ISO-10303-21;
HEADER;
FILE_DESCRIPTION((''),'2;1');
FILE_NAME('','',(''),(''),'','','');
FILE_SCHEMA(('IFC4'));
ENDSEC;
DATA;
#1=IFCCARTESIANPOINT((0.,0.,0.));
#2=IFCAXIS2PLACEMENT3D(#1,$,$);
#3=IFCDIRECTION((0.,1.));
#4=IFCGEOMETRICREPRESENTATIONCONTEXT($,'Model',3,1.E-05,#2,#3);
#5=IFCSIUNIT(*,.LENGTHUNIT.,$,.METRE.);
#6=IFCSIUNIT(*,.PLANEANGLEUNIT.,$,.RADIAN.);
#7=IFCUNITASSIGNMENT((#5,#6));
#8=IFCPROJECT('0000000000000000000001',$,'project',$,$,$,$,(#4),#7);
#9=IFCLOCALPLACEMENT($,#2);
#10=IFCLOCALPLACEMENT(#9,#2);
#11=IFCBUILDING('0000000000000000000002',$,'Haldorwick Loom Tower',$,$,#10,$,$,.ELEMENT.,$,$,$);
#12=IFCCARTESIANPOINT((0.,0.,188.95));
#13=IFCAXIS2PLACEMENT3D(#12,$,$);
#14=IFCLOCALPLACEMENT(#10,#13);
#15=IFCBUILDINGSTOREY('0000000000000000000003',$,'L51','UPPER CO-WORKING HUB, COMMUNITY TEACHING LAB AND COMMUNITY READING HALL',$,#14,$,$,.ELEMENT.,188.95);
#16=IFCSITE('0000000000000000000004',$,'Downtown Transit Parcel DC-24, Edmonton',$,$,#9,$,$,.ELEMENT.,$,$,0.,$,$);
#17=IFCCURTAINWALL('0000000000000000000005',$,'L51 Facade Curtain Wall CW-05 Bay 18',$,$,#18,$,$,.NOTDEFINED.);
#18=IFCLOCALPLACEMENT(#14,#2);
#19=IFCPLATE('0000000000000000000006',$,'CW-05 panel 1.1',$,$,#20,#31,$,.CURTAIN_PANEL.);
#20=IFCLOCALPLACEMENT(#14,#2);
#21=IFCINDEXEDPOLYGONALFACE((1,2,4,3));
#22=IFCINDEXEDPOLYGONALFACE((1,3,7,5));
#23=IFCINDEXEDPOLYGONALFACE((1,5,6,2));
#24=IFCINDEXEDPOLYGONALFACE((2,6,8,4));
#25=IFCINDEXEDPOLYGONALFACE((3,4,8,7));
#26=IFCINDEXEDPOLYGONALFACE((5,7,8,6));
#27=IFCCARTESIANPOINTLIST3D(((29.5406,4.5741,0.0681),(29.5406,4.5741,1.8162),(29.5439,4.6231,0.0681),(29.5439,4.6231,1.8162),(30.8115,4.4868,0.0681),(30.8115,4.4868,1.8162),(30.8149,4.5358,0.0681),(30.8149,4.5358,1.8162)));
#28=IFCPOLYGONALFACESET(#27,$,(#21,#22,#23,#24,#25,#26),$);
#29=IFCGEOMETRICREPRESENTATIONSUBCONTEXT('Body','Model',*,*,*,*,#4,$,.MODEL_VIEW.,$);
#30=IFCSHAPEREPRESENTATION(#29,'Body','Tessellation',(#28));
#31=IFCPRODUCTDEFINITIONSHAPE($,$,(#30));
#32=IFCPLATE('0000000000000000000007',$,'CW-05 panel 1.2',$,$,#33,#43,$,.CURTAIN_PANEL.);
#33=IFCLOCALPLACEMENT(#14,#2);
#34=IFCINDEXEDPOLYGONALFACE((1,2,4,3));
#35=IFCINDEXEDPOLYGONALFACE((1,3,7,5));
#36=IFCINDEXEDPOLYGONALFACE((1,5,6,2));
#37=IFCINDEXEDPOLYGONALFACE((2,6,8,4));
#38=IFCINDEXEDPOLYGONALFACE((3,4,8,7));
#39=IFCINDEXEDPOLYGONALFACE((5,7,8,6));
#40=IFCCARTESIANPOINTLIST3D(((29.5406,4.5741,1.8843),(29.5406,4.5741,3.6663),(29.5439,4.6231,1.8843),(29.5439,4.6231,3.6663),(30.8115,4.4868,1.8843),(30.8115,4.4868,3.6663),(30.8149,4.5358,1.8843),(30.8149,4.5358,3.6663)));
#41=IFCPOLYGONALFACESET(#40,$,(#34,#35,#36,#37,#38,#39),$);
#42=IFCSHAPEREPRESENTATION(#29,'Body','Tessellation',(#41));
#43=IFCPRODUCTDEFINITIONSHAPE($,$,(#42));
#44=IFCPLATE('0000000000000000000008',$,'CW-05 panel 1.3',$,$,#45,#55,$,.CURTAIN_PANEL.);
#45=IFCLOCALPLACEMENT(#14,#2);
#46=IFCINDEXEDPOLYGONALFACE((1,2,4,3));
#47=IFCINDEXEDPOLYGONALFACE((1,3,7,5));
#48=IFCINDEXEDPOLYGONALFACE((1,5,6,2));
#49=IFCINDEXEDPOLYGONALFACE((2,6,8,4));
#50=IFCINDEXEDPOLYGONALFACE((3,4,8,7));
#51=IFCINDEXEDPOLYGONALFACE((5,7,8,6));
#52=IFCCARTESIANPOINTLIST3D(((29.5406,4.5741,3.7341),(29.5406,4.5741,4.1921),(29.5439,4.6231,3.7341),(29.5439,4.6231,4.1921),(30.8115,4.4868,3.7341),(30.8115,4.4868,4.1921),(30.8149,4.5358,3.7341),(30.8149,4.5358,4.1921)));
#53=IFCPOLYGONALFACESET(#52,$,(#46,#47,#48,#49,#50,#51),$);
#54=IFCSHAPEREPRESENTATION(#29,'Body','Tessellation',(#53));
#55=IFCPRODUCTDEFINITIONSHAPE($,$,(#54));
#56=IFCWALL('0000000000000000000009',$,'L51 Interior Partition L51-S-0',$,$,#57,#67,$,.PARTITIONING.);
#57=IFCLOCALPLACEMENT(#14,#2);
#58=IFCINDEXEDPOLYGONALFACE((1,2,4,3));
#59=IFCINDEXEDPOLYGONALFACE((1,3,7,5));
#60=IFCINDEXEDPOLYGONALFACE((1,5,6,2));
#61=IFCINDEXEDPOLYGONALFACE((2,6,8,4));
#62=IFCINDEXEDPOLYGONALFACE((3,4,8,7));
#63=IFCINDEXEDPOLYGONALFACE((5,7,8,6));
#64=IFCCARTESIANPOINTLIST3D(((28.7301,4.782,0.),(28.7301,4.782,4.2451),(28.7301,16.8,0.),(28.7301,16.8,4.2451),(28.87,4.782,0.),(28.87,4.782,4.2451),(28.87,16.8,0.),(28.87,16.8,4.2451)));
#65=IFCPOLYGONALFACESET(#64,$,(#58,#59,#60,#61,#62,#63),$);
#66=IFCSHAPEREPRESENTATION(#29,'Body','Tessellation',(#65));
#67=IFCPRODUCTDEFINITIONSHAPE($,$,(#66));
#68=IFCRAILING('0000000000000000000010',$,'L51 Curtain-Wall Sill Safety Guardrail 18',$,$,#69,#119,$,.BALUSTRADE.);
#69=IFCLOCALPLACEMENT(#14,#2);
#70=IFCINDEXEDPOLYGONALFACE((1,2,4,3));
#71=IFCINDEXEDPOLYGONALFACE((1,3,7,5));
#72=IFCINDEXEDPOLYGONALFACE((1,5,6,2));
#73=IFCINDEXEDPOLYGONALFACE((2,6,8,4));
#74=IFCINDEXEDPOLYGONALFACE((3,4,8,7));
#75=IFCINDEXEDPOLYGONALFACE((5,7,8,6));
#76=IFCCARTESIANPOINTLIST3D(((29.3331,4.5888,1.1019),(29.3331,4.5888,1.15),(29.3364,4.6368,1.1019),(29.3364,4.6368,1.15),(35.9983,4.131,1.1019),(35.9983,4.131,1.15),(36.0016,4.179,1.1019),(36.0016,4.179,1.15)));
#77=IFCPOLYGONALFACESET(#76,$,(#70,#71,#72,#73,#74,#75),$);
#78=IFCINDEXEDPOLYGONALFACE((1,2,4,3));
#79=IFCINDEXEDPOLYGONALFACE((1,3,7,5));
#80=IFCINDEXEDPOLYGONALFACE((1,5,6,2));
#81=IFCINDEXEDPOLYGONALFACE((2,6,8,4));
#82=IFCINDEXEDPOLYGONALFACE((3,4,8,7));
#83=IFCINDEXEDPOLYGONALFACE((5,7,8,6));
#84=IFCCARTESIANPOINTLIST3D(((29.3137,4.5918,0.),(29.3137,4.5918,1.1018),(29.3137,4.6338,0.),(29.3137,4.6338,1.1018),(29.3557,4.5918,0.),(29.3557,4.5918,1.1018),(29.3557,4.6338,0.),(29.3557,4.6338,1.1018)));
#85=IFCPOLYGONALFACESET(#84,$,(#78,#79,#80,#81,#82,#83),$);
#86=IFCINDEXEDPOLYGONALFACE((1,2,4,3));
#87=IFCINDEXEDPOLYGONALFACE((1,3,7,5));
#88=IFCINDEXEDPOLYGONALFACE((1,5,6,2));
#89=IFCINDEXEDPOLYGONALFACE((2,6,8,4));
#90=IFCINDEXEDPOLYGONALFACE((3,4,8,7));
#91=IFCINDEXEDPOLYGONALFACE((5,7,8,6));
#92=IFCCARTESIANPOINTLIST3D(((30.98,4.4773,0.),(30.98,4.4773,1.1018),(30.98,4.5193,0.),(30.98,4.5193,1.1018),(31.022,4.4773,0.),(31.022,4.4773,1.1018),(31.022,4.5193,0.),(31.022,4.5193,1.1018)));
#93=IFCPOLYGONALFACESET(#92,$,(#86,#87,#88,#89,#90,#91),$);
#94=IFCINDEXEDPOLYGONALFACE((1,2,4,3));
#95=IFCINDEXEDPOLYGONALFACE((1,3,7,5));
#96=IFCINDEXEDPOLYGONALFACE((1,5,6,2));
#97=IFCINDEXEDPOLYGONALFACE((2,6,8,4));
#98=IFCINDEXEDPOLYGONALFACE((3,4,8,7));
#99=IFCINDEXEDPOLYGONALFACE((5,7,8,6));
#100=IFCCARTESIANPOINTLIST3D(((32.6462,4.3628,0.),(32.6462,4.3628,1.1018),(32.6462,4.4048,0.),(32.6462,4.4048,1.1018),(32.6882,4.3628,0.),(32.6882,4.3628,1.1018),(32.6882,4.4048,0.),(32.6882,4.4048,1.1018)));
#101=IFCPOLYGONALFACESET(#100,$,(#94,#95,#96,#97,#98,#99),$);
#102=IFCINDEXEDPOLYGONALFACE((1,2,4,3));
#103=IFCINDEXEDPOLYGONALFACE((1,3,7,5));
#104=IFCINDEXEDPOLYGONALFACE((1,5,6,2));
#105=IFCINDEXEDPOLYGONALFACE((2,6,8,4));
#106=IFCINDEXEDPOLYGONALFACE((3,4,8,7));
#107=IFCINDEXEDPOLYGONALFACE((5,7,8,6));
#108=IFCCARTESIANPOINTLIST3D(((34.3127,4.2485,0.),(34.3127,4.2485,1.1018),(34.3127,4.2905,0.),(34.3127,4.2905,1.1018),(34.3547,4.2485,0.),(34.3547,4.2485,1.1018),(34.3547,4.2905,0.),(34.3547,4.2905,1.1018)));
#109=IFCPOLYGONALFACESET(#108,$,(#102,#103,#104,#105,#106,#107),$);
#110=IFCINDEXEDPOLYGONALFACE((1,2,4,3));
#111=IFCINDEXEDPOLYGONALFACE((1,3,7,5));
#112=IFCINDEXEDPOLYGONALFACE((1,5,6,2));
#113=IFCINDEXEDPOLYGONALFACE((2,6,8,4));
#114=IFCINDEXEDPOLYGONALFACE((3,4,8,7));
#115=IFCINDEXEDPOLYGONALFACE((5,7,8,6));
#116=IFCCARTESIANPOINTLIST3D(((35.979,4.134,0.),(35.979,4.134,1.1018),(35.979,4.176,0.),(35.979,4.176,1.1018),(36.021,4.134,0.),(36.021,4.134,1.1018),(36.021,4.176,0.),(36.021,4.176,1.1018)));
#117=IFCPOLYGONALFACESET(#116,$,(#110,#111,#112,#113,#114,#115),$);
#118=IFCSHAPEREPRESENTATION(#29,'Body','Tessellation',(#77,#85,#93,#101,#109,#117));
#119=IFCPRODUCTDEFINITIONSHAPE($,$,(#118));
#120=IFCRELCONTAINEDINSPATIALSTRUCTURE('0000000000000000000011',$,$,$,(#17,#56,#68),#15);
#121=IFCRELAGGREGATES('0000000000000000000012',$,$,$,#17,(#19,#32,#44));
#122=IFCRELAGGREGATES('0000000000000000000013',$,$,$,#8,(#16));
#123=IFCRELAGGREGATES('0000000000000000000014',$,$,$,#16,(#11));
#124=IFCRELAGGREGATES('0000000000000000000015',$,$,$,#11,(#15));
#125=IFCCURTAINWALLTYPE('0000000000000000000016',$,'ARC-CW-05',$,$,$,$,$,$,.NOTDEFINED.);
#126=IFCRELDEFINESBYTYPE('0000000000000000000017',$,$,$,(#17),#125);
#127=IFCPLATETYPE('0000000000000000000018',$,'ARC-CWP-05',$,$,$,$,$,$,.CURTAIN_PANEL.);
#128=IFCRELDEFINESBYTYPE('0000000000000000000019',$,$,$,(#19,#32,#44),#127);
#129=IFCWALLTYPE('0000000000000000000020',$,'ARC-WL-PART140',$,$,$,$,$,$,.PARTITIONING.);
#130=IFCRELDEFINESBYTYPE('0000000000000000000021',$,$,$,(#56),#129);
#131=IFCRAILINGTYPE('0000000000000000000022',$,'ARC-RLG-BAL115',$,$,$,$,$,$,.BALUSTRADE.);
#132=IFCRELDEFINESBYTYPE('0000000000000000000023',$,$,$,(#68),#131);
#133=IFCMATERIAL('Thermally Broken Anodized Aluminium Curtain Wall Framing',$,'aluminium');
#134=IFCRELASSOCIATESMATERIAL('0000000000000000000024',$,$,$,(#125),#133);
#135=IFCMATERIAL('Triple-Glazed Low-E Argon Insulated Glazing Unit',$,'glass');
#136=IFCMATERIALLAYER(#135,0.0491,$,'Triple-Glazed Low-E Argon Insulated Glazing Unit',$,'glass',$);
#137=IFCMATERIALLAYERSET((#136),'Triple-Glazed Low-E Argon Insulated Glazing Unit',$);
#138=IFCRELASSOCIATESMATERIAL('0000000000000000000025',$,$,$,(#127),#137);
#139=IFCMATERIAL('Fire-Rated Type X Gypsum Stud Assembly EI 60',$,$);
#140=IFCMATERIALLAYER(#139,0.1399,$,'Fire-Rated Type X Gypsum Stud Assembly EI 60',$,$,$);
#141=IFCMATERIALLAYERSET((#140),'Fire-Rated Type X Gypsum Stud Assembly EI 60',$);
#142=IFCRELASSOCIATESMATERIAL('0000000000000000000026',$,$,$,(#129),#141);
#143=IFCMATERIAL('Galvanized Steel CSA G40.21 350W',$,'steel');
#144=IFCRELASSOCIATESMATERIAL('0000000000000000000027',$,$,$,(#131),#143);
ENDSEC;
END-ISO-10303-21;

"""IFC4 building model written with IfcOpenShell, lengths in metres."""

from ifc_helpers import new_model, si_unit, direction, frame, frame_2d, origin, origin_2d, place, context, subcontext, project, spatial, rectangle, extrude, material, layer, layer_set, type_object, element, aggregate, save


model = new_model("IFC4")

# Units and contexts
model_context = context("Model", 3, precision=1e-05, world=origin(), true_north=direction((0.0, 1.0)))
body_context = subcontext(model_context, "Body", "Model", "MODEL_VIEW")
ifc_project = project(units=[si_unit("LENGTHUNIT", "METRE"), si_unit("PLANEANGLEUNIT", "RADIAN")], contexts=[model_context])

# Site, building, storey
site_placement = place(None, origin())
site = spatial("IfcSite", under=ifc_project, at=site_placement, Name="Downtown Transit Parcel DC-24, Edmonton", CompositionType="ELEMENT", RefElevation=0.0)
building_placement = place(site_placement, origin())
building = spatial("IfcBuilding", under=site, at=building_placement, Name="Haldorwick Loom Tower", CompositionType="ELEMENT")
storey_placement = place(building_placement, frame((0.0, 0.0, 188.95)))
storey = spatial("IfcBuildingStorey", under=building, at=storey_placement, Name="L51", Description="UPPER CO-WORKING HUB, COMMUNITY TEACHING LAB AND COMMUNITY READING HALL", CompositionType="ELEMENT", Elevation=188.95)

# Shared definitions
ifc_material_1 = material(Name="Thermally Broken Anodized Aluminium Curtain Wall Framing", Category="aluminium")
curtain_wall_type = type_object("IfcCurtainWallType", Name="ARC-CW-05", PredefinedType="NOTDEFINED", material=ifc_material_1)

# Curtain wall
curtain_wall_1_placement = place(storey_placement, origin())
curtain_wall_1 = element("IfcCurtainWall", 1, at=curtain_wall_1_placement, inside=storey, type_object=curtain_wall_type, Name="L51 Facade Curtain Wall CW-05 Bay 18", PredefinedType="NOTDEFINED")

# Plates
ifc_material_2 = material(Name="Triple-Glazed Low-E Argon Insulated Glazing Unit", Category="glass")
ifc_layer_1 = layer(ifc_material_2, 0.0491, Name="Triple-Glazed Low-E Argon Insulated Glazing Unit", Category="glass")
ifc_layer_set_1 = layer_set([ifc_layer_1], Name="Triple-Glazed Low-E Argon Insulated Glazing Unit")
plate_type = type_object("IfcPlateType", Name="ARC-CWP-05", PredefinedType="CURTAIN_PANEL", material=ifc_layer_set_1)
plate_1_placement = place(storey_placement, frame((30.1777, 4.5549, 0.0681), z_axis=(0.0, 0.0, 1.0), x_axis=(0.99765, -0.068513, 0.0)))
plate_1 = element("IfcPlate", 2, at=plate_1_placement, type_object=plate_type, Name="CW-05 panel 1.1", PredefinedType="CURTAIN_PANEL", context=body_context, shape_type="SweptSolid", body=[
    extrude(rectangle(XDim=1.2739, YDim=0.0491, at=origin_2d()), origin(), (0.0, 0.0, 1.0), 1.748),
])
plate_2_placement = place(storey_placement, frame((30.1777, 4.5549, 1.8843), z_axis=(0.0, 0.0, 1.0), x_axis=(0.99765, -0.068513, 0.0)))
plate_2 = element("IfcPlate", 3, at=plate_2_placement, type_object=plate_type, Name="CW-05 panel 1.2", PredefinedType="CURTAIN_PANEL", context=body_context, shape_type="SweptSolid", body=[
    extrude(rectangle(XDim=1.2739, YDim=0.0491, at=origin_2d()), origin(), (0.0, 0.0, 1.0), 1.782),
])
plate_3_placement = place(storey_placement, frame((30.1777, 4.5549, 3.7341), z_axis=(0.0, 0.0, 1.0), x_axis=(0.99765, -0.068513, 0.0)))
plate_3 = element("IfcPlate", 4, at=plate_3_placement, type_object=plate_type, Name="CW-05 panel 1.3", PredefinedType="CURTAIN_PANEL", context=body_context, shape_type="SweptSolid", body=[
    extrude(rectangle(XDim=1.2739, YDim=0.0491, at=origin_2d()), origin(), (0.0, 0.0, 1.0), 0.458),
])
aggregate(curtain_wall_1, [plate_1, plate_2, plate_3])

# Wall
ifc_material_3 = material(Name="Fire-Rated Type X Gypsum Stud Assembly EI 60")
ifc_layer_2 = layer(ifc_material_3, 0.1399, Name="Fire-Rated Type X Gypsum Stud Assembly EI 60")
ifc_layer_set_2 = layer_set([ifc_layer_2], Name="Fire-Rated Type X Gypsum Stud Assembly EI 60")
wall_type = type_object("IfcWallType", Name="ARC-WL-PART140", PredefinedType="PARTITIONING", material=ifc_layer_set_2)
wall_placement = place(storey_placement, frame((28.8, 4.782, 0.0), z_axis=(0.0, 0.0, 1.0), x_axis=(0.0, 1.0, 0.0)))
element("IfcWall", 5, at=wall_placement, inside=storey, type_object=wall_type, Name="L51 Interior Partition L51-S-0", PredefinedType="PARTITIONING", context=body_context, shape_type="SweptSolid", body=[
    extrude(rectangle(XDim=12.0181, YDim=0.1399, at=frame_2d((6.009, 0.0))), origin(), (0.0, 0.0, 1.0), 4.2451),
])

# Railing
ifc_material_4 = material(Name="Galvanized Steel CSA G40.21 350W", Category="steel")
railing_type = type_object("IfcRailingType", Name="ARC-RLG-BAL115", PredefinedType="BALUSTRADE", material=ifc_material_4)
railing_placement = place(storey_placement, frame((29.3347, 4.6128, 0.0)))
element("IfcRailing", 6, at=railing_placement, inside=storey, type_object=railing_type, Name="L51 Curtain-Wall Sill Safety Guardrail 18", PredefinedType="BALUSTRADE", context=body_context, shape_type="SweptSolid", body=[
    extrude(rectangle(XDim=0.0481, YDim=0.0481, at=origin_2d()), frame((0.0, 0.0, 1.126), z_axis=(0.99765, -0.068517, 0.0), x_axis=(0.068517, 0.99765, 0.0)), (0.0, 0.0, 1.0), 6.6809),
    extrude(rectangle(XDim=0.042, YDim=0.042, at=origin_2d()), origin(), (0.0, 0.0, 1.0), 1.1018),
    extrude(rectangle(XDim=0.042, YDim=0.042, at=origin_2d()), frame((1.6663, -0.1145, 0.0)), (0.0, 0.0, 1.0), 1.1018),
    extrude(rectangle(XDim=0.042, YDim=0.042, at=origin_2d()), frame((3.3325, -0.229, 0.0)), (0.0, 0.0, 1.0), 1.1018),
    extrude(rectangle(XDim=0.042, YDim=0.042, at=origin_2d()), frame((4.999, -0.3433, 0.0)), (0.0, 0.0, 1.0), 1.1018),
    extrude(rectangle(XDim=0.042, YDim=0.042, at=origin_2d()), frame((6.6653, -0.4578, 0.0)), (0.0, 0.0, 1.0), 1.1018),
])

save(model, "model.ifc")
